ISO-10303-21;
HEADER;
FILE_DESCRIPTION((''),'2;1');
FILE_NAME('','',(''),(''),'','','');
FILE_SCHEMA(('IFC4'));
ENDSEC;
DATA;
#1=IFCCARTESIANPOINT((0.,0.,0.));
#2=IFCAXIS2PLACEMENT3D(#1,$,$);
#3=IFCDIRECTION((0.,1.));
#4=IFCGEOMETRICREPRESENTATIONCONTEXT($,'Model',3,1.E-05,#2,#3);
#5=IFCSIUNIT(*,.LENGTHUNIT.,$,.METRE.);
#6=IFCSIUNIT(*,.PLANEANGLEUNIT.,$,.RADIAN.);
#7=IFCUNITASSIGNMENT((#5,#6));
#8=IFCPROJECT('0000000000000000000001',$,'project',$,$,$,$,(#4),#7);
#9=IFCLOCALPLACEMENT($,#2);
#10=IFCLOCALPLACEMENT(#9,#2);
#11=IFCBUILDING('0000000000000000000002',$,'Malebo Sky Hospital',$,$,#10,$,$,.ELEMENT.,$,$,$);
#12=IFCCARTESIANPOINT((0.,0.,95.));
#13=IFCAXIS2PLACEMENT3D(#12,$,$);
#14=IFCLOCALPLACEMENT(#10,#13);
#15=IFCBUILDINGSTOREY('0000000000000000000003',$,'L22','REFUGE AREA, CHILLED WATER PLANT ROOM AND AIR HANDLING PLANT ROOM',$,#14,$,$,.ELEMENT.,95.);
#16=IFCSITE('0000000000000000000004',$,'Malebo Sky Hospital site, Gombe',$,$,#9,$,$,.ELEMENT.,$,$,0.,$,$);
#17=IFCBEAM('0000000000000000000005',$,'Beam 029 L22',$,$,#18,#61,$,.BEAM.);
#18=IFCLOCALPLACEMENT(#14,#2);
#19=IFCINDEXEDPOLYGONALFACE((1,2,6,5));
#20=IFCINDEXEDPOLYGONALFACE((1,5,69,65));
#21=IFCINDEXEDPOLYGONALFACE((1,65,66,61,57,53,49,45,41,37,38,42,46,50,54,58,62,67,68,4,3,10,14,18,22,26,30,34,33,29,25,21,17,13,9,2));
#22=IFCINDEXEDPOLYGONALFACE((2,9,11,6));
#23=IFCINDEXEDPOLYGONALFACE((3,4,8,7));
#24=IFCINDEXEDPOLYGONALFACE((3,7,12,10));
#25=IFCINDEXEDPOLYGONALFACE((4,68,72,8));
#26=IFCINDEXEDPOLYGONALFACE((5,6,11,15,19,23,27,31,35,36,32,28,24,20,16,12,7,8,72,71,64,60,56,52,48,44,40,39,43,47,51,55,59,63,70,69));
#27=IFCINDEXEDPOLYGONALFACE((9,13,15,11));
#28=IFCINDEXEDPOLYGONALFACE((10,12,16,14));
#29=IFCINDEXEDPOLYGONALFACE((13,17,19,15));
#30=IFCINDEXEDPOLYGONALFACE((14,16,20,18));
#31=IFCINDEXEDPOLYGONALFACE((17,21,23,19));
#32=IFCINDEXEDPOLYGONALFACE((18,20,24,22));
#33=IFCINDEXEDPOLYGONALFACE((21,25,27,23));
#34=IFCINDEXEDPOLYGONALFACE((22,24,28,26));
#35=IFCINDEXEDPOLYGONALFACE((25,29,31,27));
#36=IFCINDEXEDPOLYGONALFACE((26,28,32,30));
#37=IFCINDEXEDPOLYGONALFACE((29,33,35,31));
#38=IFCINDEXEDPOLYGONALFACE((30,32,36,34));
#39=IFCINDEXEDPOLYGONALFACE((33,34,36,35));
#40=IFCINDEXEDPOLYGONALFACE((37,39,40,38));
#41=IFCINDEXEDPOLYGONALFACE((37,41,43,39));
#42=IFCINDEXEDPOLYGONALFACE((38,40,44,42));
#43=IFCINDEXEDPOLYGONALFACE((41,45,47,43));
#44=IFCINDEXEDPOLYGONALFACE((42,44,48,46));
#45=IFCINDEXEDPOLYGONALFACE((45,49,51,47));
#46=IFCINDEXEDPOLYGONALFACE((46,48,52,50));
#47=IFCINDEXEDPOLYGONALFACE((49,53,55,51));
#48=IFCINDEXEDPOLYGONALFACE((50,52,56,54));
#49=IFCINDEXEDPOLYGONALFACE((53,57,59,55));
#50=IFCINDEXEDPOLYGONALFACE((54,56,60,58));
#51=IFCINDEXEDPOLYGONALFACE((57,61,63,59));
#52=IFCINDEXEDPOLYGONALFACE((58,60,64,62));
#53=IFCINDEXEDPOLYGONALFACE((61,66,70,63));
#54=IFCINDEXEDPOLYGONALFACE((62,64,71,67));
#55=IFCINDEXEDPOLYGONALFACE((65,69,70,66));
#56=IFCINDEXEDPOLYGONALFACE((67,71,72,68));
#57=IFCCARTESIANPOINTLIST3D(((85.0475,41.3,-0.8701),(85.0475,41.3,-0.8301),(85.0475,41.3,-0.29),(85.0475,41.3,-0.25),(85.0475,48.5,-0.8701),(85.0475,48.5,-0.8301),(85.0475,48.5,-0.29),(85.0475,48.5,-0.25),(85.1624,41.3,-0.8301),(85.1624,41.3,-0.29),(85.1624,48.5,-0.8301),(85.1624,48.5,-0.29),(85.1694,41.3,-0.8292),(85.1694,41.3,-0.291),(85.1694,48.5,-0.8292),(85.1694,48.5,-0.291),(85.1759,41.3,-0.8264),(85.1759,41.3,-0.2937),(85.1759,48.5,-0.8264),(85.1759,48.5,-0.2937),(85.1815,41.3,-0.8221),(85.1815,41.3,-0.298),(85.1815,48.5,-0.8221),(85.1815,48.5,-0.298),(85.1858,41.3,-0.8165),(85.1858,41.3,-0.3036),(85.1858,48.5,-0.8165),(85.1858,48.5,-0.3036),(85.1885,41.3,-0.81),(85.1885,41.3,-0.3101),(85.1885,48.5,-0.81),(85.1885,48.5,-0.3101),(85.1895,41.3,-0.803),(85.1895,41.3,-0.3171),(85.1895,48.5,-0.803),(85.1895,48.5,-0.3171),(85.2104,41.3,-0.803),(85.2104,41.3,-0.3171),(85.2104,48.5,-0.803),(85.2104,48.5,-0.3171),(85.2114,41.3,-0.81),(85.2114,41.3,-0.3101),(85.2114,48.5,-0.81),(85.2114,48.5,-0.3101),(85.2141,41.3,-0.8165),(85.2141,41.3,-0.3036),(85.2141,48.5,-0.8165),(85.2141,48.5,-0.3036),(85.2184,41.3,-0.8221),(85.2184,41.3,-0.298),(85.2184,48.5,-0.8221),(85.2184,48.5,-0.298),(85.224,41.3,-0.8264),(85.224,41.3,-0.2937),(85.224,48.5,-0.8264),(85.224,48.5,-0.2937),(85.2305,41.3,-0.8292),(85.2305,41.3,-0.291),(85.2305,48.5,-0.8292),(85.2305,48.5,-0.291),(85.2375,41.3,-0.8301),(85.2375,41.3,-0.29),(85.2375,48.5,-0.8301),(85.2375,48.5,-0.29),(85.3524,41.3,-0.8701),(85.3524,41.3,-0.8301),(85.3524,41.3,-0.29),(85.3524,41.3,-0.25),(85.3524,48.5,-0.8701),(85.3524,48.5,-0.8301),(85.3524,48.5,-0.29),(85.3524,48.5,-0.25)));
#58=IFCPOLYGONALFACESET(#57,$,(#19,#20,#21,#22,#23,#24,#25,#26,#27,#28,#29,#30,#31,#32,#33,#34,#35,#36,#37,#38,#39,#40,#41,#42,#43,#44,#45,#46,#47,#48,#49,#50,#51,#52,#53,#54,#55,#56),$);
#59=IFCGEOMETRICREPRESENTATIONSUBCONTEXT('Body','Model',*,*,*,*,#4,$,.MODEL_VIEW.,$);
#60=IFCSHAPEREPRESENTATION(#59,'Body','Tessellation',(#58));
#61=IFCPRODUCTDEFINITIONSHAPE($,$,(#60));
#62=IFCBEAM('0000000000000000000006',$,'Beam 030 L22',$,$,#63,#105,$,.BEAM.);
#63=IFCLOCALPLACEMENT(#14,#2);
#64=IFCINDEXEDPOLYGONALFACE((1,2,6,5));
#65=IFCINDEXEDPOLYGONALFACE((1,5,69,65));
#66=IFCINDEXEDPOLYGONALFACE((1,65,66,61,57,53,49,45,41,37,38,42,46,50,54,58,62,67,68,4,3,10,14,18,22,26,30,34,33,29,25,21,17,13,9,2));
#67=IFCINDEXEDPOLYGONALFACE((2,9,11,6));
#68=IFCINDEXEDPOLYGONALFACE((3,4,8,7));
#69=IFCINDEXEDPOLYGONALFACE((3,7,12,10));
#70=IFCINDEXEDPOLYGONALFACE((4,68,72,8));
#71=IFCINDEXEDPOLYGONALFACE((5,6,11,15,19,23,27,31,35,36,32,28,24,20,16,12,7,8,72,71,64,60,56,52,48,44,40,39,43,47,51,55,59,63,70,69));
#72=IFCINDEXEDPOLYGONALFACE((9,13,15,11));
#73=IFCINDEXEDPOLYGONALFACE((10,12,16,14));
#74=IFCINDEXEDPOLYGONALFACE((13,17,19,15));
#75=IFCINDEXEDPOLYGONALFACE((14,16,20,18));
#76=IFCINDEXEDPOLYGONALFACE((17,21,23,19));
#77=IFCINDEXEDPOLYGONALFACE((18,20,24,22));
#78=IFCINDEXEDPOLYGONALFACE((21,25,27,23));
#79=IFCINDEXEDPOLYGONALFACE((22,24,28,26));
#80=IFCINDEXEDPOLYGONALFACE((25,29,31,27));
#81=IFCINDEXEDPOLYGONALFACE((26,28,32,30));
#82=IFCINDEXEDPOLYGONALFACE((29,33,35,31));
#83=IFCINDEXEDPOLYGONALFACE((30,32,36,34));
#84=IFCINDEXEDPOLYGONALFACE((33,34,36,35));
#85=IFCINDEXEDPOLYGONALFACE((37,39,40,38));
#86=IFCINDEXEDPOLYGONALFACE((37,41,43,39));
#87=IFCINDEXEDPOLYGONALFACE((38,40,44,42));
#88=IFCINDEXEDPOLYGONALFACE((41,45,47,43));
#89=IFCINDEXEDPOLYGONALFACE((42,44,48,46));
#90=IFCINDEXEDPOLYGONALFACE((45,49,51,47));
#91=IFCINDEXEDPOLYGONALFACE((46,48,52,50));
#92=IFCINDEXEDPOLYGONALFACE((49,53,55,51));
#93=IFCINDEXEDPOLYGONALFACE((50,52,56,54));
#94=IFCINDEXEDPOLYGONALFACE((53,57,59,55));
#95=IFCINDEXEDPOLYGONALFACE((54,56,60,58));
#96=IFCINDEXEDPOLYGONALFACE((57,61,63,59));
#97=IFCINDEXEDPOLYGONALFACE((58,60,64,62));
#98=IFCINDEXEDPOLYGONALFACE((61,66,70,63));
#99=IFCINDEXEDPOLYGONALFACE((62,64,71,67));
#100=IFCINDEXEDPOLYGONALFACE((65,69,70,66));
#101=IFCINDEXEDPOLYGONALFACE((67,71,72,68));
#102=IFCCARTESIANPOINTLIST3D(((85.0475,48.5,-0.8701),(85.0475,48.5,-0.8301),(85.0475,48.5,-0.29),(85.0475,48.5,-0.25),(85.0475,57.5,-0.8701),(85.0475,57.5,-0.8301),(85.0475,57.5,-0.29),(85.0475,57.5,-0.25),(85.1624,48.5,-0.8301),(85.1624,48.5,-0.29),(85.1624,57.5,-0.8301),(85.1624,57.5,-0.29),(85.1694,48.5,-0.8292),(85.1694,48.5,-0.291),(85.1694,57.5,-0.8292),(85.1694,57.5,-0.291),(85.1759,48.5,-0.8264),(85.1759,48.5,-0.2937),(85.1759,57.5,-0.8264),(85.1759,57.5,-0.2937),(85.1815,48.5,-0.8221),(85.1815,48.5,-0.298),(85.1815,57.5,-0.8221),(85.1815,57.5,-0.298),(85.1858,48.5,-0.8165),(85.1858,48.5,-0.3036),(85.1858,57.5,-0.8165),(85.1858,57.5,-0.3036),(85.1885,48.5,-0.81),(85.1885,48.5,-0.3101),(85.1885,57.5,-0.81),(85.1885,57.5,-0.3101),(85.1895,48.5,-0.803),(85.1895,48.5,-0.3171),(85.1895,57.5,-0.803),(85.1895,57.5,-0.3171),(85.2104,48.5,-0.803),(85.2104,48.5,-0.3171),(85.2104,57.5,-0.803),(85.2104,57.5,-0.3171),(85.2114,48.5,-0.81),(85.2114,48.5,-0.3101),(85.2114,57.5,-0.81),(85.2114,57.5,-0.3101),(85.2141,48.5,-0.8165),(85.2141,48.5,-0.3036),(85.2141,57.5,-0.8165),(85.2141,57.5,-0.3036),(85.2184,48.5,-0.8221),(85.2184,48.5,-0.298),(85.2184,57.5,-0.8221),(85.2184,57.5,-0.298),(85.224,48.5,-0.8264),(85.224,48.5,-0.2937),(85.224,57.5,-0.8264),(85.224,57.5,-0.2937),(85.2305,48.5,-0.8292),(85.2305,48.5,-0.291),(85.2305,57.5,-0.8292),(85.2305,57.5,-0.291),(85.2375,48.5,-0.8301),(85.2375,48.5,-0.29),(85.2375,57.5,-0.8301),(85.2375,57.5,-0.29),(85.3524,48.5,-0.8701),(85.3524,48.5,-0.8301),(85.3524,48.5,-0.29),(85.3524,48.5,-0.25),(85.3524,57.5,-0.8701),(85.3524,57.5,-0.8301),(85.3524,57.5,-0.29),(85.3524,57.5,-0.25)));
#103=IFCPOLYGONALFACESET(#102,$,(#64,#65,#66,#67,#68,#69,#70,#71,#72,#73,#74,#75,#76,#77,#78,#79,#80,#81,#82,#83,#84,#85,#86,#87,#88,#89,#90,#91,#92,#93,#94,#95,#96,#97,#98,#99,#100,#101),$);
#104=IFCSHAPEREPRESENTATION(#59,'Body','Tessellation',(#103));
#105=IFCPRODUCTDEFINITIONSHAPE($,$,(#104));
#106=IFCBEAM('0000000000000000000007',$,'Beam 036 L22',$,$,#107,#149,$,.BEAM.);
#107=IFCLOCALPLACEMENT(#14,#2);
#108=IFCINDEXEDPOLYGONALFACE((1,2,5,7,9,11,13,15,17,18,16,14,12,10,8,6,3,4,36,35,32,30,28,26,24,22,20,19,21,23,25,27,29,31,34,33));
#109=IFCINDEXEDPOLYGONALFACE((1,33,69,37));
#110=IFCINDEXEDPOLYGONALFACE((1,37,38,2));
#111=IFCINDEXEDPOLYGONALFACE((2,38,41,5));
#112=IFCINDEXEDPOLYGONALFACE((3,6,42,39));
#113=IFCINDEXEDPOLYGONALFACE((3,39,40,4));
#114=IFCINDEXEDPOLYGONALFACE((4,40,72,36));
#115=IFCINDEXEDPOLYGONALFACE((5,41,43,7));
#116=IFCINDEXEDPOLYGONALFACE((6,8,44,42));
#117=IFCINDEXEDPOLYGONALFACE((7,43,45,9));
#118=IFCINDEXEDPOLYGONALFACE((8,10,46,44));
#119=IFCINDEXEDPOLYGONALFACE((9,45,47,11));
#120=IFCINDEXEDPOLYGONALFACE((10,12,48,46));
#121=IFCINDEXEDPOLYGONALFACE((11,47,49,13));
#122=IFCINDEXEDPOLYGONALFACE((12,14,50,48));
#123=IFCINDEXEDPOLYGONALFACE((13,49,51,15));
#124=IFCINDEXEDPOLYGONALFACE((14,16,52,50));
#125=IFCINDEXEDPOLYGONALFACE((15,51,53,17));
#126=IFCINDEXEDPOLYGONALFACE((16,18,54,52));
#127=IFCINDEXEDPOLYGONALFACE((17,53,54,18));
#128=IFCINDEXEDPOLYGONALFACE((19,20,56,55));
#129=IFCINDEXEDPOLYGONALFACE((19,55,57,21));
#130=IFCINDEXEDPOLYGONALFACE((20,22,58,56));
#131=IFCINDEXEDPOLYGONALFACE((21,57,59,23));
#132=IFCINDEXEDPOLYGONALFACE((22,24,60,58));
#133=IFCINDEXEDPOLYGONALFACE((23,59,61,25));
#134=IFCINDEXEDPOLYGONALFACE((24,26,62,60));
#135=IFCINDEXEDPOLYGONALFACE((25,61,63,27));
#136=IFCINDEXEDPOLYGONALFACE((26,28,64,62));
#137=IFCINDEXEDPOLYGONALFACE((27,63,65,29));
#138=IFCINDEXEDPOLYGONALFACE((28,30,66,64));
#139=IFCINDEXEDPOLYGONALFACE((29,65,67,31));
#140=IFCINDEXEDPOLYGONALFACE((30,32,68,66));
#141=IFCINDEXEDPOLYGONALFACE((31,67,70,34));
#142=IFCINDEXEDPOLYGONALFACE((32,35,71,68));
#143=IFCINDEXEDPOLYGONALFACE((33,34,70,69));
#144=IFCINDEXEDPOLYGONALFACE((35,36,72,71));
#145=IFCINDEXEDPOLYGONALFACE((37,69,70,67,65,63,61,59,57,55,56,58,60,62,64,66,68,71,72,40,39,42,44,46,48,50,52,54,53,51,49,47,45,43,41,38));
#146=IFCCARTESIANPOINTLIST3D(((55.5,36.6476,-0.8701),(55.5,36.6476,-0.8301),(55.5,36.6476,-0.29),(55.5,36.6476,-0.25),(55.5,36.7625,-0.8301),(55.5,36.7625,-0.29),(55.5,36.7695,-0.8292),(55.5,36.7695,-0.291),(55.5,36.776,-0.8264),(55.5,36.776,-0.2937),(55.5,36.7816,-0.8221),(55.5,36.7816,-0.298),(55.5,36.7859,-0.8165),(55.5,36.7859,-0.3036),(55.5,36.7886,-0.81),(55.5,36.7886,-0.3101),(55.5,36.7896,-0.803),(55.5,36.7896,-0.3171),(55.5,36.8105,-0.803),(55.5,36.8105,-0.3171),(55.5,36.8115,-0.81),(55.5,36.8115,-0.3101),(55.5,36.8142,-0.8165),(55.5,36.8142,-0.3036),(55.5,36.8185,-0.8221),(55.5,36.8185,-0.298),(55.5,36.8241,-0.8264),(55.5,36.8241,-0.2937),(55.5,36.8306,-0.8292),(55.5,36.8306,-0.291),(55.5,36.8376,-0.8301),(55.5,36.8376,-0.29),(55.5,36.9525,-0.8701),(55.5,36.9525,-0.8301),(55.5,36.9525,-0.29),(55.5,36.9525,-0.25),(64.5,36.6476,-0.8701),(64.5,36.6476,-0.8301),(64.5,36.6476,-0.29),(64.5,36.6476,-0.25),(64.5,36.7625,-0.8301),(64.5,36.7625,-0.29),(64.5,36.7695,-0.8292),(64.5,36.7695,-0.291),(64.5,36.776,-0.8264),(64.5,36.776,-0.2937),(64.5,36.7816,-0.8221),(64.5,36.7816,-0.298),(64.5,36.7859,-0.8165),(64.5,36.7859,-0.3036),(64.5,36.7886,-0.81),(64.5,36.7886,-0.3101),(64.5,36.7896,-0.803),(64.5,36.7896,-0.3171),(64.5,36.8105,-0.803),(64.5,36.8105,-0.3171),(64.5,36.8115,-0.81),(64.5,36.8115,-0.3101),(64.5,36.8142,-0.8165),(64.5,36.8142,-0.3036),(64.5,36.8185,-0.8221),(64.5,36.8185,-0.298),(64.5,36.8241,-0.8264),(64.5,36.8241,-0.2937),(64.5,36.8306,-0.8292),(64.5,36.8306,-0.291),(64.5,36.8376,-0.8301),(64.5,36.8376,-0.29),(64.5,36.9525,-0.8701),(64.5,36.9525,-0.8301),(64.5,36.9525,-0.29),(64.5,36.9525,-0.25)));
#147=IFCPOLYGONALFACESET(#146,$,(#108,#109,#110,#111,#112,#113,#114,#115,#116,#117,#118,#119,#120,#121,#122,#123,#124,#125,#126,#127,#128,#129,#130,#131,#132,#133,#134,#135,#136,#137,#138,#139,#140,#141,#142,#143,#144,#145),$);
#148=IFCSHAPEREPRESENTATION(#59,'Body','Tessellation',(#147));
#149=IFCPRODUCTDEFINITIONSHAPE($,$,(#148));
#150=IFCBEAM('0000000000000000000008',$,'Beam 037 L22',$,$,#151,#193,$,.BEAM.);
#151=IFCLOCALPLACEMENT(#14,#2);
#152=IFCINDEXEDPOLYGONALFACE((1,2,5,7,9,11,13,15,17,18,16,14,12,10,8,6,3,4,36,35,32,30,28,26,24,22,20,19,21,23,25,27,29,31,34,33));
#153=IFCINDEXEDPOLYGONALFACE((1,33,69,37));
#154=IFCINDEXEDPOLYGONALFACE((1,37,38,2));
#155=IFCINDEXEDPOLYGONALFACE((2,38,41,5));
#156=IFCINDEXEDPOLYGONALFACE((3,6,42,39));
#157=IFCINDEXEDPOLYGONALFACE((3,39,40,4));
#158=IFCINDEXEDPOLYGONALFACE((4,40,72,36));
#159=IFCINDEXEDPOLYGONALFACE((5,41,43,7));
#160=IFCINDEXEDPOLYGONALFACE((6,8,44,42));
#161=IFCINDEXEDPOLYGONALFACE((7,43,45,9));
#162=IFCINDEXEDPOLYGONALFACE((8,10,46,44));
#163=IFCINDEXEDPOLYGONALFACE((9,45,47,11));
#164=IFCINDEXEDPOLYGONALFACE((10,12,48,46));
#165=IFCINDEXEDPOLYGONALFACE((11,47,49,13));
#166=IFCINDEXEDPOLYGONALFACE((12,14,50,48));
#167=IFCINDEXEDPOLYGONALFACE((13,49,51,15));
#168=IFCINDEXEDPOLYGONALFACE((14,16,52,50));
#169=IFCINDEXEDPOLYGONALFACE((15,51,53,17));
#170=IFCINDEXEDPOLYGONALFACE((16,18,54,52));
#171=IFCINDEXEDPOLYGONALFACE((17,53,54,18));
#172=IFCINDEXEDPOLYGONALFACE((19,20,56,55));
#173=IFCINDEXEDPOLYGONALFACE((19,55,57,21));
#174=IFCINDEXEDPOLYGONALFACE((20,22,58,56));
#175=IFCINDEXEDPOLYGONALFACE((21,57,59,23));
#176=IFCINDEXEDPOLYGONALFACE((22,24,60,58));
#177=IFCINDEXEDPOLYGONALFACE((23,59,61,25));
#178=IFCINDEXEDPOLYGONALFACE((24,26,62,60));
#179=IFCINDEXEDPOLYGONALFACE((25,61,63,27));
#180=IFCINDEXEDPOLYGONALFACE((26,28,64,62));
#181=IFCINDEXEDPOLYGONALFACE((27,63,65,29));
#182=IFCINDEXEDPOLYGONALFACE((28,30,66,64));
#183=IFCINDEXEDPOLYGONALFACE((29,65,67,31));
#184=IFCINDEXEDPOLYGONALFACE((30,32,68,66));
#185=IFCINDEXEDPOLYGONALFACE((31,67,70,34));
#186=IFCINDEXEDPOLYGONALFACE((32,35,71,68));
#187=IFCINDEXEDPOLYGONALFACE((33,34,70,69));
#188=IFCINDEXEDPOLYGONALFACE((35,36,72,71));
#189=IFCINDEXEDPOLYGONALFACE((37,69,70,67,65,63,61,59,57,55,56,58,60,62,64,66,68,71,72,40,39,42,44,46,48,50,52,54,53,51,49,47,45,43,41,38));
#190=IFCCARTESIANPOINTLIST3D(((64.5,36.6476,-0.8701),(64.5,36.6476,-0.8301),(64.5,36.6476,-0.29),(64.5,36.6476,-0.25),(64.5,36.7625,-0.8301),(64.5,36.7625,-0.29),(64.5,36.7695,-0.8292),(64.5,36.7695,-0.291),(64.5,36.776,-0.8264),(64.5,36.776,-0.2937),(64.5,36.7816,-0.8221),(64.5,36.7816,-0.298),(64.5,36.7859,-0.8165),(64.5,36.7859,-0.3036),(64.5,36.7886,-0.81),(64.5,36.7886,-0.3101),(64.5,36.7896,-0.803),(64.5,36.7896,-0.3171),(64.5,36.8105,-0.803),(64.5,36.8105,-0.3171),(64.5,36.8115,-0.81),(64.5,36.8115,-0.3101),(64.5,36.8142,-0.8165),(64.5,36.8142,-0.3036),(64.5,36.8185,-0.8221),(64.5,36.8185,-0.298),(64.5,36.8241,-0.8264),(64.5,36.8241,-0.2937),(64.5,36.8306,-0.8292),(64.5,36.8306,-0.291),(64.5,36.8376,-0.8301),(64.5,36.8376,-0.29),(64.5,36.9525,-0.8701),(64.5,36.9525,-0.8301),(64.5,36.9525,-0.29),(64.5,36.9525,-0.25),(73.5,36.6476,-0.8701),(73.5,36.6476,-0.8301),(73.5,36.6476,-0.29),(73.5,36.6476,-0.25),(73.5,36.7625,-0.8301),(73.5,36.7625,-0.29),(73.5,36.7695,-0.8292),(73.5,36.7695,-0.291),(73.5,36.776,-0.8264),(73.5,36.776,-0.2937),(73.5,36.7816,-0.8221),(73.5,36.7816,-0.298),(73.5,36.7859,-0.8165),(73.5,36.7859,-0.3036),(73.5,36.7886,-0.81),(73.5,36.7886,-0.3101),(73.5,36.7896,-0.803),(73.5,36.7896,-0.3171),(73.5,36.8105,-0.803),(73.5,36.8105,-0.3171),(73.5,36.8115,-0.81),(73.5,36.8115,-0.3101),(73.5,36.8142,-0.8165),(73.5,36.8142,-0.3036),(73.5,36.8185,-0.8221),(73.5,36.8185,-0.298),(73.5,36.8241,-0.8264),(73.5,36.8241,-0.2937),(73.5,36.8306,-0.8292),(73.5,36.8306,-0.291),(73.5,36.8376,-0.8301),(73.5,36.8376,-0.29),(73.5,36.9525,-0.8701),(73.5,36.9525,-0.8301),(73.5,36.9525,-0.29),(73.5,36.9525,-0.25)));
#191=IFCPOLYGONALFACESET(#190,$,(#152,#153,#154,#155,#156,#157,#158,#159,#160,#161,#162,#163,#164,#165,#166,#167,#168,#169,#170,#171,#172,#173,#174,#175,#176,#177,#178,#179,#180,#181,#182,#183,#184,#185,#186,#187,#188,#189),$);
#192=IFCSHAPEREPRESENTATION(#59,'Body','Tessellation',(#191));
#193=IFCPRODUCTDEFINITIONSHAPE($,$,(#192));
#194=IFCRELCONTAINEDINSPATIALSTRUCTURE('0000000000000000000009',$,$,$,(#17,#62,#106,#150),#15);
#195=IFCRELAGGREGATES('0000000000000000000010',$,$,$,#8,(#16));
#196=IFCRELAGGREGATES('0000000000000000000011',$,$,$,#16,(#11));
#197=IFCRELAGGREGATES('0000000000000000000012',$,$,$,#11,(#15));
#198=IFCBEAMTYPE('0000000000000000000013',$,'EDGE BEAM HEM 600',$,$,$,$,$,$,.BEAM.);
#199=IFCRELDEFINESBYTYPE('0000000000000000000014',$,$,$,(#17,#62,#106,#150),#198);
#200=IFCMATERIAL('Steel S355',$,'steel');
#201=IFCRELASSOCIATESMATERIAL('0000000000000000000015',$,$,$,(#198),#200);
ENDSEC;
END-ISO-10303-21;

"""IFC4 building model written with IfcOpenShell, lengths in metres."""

from ifc_helpers import new_model, si_unit, direction, frame, origin, origin_2d, place, context, subcontext, project, spatial, i_section, extrude, material, material_profile, profile_set, type_object, element, save


model = new_model("IFC4")

# Units and contexts
model_context = context("Model", 3, precision=1e-05, world=origin(), true_north=direction((0.0, 1.0)))
body_context = subcontext(model_context, "Body", "Model", "MODEL_VIEW")
ifc_project = project(units=[si_unit("LENGTHUNIT", "METRE"), si_unit("PLANEANGLEUNIT", "RADIAN")], contexts=[model_context])

# Site, building, storey
site_placement = place(None, origin())
site = spatial("IfcSite", under=ifc_project, at=site_placement, Name="Malebo Sky Hospital site, Gombe", CompositionType="ELEMENT", RefElevation=0.0)
building_placement = place(site_placement, origin())
building = spatial("IfcBuilding", under=site, at=building_placement, Name="Malebo Sky Hospital", CompositionType="ELEMENT")
storey_placement = place(building_placement, frame((0.0, 0.0, 95.0)))
storey = spatial("IfcBuildingStorey", under=building, at=storey_placement, Name="L22", Description="REFUGE AREA, CHILLED WATER PLANT ROOM AND AIR HANDLING PLANT ROOM", CompositionType="ELEMENT", Elevation=95.0)

# Beams
ifc_material_1 = material(Name="Steel S355", Category="steel")
ifc_material_profile_1 = material_profile(ifc_material_1, i_section(OverallWidth=0.3049, OverallDepth=0.6201, WebThickness=0.021, FlangeThickness=0.04, FilletRadius=0.0271, at=origin_2d()), Name="HEM 600")
ifc_profile_set_1 = profile_set([ifc_material_profile_1], Name="Steel S355")
beam_type = type_object("IfcBeamType", Name="EDGE BEAM HEM 600", PredefinedType="BEAM", material=ifc_profile_set_1)
beam_1_placement = place(storey_placement, frame((85.2, 41.3, -0.5601), z_axis=(0.0, 1.0, 0.0), x_axis=(-1.0, 0.0, 0.0)))
element("IfcBeam", 1, at=beam_1_placement, inside=storey, type_object=beam_type, Name="Beam 029 L22", PredefinedType="BEAM", context=body_context, shape_type="SweptSolid", body=[
    extrude(i_section(OverallWidth=0.3049, OverallDepth=0.6201, WebThickness=0.021, FlangeThickness=0.04, FilletRadius=0.0271, at=origin_2d()), origin(), (0.0, 0.0, 1.0), 7.2),
])
for number, where, z_axis, x_axis, name in (
    (2, (85.2, 48.5, -0.5601), (0.0, 1.0, 0.0), (-1.0, 0.0, 0.0), "Beam 030 L22"),
    (3, (55.5, 36.8, -0.5601), (1.0, 0.0, 0.0), (0.0, 1.0, 0.0), "Beam 036 L22"),
    (4, (64.5, 36.8, -0.5601), (1.0, 0.0, 0.0), (0.0, 1.0, 0.0), "Beam 037 L22"),
):
    element("IfcBeam", number, at=place(storey_placement, frame(where, z_axis=z_axis, x_axis=x_axis)), inside=storey, type_object=beam_type, Name=name, PredefinedType="BEAM", context=body_context, shape_type="SweptSolid", body=[
        extrude(i_section(OverallWidth=0.3049, OverallDepth=0.6201, WebThickness=0.021, FlangeThickness=0.04, FilletRadius=0.0271, at=origin_2d()), origin(), (0.0, 0.0, 1.0), 9.0),
    ])

save(model, "model.ifc")
